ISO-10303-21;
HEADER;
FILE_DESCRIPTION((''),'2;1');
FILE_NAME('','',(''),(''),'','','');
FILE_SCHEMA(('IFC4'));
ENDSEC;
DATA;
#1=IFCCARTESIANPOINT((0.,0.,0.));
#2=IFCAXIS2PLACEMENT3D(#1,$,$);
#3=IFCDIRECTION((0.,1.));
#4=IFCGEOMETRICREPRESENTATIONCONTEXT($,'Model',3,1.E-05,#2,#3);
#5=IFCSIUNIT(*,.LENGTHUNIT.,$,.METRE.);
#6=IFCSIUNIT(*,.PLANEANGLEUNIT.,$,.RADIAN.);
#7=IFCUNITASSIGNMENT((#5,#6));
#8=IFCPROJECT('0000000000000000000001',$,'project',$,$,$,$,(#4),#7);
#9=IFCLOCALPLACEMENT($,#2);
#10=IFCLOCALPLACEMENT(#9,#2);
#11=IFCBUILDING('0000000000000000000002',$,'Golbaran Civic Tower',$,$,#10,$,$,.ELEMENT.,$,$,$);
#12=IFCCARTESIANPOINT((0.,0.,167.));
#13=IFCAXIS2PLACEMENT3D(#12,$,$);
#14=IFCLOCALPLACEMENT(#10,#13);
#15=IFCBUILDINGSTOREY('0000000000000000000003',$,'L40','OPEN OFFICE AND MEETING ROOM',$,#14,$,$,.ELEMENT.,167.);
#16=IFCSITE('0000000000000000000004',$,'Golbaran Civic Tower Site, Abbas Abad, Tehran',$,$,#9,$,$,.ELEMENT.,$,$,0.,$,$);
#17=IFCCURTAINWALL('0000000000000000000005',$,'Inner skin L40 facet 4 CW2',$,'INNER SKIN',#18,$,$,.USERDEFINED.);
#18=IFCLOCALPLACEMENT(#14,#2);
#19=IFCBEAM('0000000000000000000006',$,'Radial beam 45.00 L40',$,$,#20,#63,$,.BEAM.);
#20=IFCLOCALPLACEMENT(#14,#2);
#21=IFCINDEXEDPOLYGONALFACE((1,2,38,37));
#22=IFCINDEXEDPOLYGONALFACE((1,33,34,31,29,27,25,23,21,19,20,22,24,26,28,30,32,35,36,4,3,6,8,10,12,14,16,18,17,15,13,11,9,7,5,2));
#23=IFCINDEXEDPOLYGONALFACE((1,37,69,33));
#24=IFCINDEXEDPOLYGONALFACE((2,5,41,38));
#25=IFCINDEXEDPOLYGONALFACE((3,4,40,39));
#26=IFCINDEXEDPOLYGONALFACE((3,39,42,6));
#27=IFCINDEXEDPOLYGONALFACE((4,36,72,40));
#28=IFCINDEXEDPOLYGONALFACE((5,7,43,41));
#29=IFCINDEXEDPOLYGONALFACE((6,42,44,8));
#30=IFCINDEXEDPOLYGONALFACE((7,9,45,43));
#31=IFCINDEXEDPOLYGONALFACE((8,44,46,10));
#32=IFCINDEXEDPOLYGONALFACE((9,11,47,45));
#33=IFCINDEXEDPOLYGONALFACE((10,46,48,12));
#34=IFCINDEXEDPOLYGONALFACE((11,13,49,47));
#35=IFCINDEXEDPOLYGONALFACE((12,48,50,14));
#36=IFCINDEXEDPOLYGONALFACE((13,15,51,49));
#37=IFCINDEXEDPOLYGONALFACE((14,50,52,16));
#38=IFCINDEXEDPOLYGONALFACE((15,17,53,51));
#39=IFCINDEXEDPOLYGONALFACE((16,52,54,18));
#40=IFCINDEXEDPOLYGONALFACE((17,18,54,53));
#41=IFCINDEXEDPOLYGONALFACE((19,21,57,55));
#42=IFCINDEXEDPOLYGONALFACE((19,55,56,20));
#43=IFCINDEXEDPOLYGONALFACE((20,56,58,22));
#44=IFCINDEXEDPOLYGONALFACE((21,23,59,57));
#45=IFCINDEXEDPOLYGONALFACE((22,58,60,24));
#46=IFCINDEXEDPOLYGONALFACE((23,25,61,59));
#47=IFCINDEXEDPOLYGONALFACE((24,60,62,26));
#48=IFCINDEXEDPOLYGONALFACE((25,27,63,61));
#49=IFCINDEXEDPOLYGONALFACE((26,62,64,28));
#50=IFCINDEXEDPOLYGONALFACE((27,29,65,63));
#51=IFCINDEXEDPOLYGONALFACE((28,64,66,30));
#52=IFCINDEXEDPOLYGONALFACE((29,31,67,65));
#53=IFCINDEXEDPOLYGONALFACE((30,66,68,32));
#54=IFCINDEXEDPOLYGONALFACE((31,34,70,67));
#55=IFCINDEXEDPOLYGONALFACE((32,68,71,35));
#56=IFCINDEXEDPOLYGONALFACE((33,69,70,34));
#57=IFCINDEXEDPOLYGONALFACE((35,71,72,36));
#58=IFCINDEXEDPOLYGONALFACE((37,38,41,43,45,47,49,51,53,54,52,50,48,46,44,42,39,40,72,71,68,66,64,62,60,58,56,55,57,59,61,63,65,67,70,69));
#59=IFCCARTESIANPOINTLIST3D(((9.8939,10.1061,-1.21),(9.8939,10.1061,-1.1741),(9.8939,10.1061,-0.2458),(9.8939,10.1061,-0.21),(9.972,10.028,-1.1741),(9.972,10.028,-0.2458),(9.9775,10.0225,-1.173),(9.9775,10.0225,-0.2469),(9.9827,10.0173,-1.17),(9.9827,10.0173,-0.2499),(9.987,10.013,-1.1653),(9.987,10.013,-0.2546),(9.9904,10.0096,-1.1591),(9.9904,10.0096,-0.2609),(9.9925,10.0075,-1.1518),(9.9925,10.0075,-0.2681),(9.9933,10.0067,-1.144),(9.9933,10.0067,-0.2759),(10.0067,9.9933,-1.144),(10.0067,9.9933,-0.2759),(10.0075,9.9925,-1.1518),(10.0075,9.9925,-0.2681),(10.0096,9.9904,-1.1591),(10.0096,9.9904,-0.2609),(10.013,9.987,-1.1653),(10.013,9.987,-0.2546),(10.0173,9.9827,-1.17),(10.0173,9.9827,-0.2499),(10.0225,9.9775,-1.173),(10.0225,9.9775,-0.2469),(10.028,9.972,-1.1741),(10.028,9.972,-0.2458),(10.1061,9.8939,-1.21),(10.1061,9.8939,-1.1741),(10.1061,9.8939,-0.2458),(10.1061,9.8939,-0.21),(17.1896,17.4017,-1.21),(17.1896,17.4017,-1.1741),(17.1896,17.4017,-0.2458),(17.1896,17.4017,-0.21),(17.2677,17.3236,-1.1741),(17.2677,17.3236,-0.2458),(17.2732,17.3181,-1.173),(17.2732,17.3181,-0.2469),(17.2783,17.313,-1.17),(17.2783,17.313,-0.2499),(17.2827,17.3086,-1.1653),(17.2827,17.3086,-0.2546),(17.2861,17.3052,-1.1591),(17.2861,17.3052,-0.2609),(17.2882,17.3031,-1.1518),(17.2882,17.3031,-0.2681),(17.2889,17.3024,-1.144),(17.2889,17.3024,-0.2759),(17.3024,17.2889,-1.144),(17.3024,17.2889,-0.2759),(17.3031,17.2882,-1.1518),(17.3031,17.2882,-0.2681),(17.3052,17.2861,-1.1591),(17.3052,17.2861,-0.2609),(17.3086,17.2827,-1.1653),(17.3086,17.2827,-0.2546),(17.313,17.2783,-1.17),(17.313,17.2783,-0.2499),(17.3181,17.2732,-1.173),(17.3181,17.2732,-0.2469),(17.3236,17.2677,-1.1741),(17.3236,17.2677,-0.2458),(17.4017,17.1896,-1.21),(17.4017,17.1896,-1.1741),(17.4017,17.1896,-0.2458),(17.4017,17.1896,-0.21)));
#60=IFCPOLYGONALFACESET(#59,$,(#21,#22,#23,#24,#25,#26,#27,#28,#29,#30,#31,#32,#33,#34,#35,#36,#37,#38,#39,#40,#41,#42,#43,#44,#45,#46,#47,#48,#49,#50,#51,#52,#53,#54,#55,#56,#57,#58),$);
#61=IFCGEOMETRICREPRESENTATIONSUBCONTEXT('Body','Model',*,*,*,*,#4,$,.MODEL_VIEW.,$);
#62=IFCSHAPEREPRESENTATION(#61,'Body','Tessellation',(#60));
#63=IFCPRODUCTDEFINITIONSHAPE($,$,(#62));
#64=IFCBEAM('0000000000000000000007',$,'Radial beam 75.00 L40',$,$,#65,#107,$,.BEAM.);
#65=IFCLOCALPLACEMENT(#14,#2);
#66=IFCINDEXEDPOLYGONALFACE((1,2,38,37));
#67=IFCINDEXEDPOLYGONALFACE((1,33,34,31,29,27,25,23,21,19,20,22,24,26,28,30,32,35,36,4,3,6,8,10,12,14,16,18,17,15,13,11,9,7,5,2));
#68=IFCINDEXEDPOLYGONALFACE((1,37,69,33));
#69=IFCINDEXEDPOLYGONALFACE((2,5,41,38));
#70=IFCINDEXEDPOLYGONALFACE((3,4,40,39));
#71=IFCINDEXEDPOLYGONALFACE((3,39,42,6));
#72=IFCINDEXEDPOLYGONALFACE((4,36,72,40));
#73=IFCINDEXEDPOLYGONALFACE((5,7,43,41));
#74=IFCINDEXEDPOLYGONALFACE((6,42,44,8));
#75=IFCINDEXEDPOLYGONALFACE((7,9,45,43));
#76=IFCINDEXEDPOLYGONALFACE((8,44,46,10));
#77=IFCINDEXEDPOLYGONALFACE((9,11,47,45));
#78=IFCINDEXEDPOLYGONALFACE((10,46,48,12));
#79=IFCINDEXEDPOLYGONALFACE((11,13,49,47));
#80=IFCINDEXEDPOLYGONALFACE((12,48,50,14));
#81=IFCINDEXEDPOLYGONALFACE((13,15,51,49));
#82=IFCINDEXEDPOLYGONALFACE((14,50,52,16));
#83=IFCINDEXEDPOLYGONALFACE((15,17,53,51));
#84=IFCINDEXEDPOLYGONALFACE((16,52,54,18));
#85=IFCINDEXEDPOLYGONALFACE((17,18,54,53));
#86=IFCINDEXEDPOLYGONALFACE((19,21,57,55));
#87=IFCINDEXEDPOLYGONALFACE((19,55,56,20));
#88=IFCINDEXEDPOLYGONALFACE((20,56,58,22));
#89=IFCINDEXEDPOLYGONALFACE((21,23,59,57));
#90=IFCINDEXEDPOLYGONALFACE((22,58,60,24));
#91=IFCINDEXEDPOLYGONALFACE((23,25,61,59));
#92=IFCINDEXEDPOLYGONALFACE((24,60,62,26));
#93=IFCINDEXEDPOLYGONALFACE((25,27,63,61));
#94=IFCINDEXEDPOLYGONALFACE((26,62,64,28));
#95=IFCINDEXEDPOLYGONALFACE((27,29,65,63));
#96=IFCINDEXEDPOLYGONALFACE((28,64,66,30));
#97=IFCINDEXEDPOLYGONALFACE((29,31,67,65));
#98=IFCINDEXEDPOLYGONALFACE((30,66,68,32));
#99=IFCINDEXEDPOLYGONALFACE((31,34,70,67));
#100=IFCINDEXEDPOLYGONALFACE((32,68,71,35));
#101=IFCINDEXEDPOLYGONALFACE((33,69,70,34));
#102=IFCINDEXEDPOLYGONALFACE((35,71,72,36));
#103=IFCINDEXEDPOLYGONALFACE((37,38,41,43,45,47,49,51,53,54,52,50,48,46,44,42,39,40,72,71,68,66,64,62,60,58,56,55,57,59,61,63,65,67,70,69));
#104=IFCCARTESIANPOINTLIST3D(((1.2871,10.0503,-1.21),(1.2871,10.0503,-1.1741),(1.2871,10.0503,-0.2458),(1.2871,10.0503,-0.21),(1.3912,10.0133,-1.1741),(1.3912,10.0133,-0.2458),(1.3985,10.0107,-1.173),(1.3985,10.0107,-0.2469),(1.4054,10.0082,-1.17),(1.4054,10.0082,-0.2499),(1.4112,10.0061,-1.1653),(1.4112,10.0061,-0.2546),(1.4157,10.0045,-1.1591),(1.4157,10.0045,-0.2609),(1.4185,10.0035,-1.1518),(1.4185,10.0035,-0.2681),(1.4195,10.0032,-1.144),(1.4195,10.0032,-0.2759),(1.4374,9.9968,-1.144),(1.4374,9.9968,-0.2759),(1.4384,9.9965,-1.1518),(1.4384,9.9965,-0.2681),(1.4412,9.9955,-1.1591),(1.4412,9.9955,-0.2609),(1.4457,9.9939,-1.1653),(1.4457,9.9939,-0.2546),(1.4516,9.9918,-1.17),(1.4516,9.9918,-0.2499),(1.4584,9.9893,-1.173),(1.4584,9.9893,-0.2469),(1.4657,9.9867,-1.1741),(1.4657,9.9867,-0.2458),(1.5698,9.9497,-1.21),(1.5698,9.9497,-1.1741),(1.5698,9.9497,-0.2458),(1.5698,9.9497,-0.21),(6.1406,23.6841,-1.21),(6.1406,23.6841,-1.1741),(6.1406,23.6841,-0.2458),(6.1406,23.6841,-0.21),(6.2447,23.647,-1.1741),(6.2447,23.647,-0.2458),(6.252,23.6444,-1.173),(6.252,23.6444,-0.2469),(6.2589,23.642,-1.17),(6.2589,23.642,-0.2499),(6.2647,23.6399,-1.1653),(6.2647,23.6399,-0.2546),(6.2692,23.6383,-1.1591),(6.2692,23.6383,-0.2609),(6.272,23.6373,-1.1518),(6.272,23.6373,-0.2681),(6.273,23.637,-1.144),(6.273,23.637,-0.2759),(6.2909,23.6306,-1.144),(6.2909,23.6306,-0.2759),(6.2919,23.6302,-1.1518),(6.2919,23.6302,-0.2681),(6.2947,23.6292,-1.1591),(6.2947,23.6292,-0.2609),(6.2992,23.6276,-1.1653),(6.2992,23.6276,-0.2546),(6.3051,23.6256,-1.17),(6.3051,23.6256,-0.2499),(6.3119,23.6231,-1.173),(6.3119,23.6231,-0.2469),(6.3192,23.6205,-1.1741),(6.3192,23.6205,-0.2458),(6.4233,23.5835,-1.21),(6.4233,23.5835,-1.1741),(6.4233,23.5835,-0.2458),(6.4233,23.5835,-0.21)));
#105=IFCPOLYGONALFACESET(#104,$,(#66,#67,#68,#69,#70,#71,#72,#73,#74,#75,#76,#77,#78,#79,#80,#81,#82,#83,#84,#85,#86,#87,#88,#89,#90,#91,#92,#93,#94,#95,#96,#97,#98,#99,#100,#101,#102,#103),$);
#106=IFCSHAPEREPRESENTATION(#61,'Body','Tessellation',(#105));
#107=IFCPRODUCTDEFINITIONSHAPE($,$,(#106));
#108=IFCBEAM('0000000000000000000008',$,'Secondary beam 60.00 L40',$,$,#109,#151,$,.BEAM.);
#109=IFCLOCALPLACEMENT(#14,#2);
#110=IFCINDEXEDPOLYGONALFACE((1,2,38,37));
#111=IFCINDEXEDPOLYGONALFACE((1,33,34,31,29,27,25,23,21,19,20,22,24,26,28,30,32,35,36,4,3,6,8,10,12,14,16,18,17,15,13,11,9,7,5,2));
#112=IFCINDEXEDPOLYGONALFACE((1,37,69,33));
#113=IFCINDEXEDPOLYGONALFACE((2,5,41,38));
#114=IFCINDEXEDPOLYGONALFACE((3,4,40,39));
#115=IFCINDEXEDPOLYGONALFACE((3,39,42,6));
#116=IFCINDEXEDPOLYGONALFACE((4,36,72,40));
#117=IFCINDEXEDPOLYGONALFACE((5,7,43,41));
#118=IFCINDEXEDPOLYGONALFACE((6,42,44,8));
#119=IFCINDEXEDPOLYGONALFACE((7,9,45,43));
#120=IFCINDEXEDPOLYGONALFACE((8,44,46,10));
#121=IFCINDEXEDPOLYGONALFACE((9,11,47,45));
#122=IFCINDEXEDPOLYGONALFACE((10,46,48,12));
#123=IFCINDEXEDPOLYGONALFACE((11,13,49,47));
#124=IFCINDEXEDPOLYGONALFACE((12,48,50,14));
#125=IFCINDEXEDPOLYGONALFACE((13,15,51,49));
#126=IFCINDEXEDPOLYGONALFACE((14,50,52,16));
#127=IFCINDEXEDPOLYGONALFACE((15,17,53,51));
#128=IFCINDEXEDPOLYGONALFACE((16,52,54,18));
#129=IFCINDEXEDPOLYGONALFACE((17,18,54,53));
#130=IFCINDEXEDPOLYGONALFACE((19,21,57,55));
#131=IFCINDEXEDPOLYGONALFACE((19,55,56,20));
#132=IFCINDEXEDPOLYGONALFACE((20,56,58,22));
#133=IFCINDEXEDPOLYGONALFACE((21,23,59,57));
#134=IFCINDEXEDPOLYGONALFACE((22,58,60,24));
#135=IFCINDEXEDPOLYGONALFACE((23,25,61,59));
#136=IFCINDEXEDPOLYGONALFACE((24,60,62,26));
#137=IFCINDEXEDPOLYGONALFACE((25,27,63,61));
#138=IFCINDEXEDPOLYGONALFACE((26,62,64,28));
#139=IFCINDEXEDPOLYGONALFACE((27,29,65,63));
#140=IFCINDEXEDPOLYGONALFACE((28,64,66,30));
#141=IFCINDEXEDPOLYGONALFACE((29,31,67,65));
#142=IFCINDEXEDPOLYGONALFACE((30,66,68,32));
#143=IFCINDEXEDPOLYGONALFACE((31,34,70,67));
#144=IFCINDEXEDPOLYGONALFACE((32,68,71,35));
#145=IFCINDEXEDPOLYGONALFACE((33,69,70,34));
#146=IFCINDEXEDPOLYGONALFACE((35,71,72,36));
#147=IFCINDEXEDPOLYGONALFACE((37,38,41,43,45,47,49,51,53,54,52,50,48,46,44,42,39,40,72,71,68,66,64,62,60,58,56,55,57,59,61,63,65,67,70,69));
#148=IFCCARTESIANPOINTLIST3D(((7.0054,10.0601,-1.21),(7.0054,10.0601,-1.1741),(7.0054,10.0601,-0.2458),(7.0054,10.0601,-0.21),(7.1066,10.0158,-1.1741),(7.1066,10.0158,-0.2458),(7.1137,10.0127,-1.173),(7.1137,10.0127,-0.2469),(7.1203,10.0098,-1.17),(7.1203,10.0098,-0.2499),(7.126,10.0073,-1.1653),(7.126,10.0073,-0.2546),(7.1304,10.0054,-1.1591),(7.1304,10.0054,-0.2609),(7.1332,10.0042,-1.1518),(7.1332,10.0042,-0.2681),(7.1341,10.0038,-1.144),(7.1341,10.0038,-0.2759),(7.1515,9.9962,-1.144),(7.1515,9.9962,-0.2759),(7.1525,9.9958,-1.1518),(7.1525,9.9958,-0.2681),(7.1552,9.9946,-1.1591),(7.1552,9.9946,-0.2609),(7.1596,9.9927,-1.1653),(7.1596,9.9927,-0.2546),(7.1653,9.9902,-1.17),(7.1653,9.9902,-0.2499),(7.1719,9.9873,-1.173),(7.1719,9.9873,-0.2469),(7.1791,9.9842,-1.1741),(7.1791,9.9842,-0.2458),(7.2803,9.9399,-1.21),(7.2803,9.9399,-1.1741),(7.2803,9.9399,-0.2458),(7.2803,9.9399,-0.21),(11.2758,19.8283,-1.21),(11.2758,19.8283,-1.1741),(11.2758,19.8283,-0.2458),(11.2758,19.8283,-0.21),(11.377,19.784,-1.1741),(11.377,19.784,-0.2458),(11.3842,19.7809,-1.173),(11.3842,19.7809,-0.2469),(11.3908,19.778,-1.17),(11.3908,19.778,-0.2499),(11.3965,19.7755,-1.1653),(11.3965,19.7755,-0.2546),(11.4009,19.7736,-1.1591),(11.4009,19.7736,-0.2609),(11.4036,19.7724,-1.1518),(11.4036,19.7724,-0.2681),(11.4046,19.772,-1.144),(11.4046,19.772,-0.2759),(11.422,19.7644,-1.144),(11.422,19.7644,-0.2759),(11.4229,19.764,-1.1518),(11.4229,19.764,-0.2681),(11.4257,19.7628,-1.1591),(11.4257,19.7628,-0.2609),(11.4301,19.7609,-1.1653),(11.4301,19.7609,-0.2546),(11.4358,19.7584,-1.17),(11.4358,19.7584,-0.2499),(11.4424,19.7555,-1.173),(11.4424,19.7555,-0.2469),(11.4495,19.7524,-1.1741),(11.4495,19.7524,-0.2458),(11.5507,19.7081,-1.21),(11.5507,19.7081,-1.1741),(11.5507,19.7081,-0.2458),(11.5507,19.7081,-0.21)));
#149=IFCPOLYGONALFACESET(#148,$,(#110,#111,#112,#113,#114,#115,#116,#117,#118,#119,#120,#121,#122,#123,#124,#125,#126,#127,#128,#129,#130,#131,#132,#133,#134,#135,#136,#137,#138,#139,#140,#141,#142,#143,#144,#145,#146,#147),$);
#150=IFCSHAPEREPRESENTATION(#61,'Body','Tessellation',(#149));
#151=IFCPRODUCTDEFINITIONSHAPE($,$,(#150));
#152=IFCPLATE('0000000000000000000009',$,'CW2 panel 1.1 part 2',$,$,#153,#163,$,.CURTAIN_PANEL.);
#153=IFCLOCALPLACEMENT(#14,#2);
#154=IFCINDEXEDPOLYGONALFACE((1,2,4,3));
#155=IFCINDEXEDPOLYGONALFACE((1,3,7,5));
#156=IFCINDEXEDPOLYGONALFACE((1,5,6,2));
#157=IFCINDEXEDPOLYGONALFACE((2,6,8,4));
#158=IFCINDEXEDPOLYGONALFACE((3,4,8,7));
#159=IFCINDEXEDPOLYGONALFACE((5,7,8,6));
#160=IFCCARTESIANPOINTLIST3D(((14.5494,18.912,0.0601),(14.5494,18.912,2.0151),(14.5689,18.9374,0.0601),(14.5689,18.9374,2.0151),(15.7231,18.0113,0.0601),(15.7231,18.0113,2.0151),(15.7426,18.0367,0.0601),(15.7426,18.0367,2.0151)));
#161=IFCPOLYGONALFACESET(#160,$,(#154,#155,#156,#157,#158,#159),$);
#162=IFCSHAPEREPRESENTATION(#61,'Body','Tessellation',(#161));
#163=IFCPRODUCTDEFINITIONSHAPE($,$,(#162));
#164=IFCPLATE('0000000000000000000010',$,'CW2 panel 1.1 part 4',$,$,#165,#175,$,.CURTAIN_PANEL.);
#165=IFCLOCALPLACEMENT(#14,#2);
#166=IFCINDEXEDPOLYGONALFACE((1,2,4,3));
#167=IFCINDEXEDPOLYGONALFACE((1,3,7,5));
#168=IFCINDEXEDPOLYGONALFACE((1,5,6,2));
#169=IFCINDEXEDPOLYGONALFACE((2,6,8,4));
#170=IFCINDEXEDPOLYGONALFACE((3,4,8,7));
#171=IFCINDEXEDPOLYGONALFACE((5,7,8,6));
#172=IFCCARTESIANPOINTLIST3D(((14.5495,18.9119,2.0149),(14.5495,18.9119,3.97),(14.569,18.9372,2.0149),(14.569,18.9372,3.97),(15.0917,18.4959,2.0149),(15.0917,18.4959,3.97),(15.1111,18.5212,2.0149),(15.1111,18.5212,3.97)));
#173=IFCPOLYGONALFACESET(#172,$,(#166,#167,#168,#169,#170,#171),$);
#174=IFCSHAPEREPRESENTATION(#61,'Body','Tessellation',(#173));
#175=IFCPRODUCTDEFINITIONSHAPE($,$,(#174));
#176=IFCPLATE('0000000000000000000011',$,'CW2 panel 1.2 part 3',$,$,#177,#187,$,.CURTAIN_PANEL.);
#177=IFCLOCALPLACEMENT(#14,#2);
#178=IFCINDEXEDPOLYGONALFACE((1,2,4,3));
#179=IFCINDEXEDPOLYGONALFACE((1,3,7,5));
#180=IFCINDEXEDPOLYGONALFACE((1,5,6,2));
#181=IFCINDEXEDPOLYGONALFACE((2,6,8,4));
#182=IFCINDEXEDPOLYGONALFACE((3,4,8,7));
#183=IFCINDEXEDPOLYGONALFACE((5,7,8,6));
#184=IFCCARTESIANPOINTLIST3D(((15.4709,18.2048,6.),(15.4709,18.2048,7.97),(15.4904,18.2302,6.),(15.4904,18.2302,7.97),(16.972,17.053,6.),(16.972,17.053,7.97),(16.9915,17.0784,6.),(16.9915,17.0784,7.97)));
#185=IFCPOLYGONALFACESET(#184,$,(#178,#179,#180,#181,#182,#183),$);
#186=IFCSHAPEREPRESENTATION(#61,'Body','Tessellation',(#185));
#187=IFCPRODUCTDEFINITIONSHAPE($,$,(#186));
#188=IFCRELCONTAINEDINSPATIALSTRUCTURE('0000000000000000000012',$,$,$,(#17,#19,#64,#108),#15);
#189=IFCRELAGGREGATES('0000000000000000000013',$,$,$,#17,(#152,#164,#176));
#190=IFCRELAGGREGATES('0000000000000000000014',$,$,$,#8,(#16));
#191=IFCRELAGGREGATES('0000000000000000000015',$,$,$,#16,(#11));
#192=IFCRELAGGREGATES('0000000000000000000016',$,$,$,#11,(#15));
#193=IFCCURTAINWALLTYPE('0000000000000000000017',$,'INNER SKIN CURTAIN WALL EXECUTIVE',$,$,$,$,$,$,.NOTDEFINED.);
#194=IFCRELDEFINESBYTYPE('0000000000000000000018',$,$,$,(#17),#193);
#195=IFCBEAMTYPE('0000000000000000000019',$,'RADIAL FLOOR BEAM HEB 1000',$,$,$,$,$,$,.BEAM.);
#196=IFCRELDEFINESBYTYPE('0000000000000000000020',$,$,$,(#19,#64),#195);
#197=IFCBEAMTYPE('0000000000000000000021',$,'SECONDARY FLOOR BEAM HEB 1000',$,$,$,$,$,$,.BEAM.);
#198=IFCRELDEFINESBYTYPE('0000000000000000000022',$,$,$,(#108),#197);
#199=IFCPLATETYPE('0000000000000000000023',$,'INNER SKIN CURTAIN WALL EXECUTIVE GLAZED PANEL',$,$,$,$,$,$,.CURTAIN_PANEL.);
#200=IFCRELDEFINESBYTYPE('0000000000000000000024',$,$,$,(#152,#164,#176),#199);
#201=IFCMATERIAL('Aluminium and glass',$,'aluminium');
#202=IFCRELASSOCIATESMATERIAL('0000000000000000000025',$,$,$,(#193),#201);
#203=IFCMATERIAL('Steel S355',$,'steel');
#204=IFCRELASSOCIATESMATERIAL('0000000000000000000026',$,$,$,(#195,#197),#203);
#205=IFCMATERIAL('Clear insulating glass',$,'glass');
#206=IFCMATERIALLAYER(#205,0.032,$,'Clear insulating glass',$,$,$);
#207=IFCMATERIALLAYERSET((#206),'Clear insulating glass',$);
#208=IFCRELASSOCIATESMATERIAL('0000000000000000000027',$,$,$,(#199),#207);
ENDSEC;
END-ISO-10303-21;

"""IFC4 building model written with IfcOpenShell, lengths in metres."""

from ifc_helpers import new_model, si_unit, direction, frame, origin, origin_2d, place, context, subcontext, project, spatial, rectangle, i_section, extrude, material, layer, layer_set, material_profile, profile_set, type_object, element, aggregate, save


model = new_model("IFC4")

# Units and contexts
model_context = context("Model", 3, precision=1e-05, world=origin(), true_north=direction((0.0, 1.0)))
body_context = subcontext(model_context, "Body", "Model", "MODEL_VIEW")
ifc_project = project(units=[si_unit("LENGTHUNIT", "METRE"), si_unit("PLANEANGLEUNIT", "RADIAN")], contexts=[model_context])

# Site, building, storey
site_placement = place(None, origin())
site = spatial("IfcSite", under=ifc_project, at=site_placement, Name="Golbaran Civic Tower Site, Abbas Abad, Tehran", CompositionType="ELEMENT", RefElevation=0.0)
building_placement = place(site_placement, origin())
building = spatial("IfcBuilding", under=site, at=building_placement, Name="Golbaran Civic Tower", CompositionType="ELEMENT")
storey_placement = place(building_placement, frame((0.0, 0.0, 167.0)))
storey = spatial("IfcBuildingStorey", under=building, at=storey_placement, Name="L40", Description="OPEN OFFICE AND MEETING ROOM", CompositionType="ELEMENT", Elevation=167.0)

# Shared definitions
ifc_material_1 = material(Name="Steel S355", Category="steel")

# Curtain wall
ifc_material_2 = material(Name="Aluminium and glass", Category="aluminium")
curtain_wall_type = type_object("IfcCurtainWallType", Name="INNER SKIN CURTAIN WALL EXECUTIVE", PredefinedType="NOTDEFINED", material=ifc_material_2)
curtain_wall_placement = place(storey_placement, origin())
curtain_wall = element("IfcCurtainWall", 1, at=curtain_wall_placement, inside=storey, type_object=curtain_wall_type, Name="Inner skin L40 facet 4 CW2", ObjectType="INNER SKIN", PredefinedType="USERDEFINED")

# Beams
ifc_material_profile_1 = material_profile(ifc_material_1, i_section(OverallWidth=0.3, OverallDepth=1.0, WebThickness=0.019, FlangeThickness=0.0359, FilletRadius=0.03, at=origin_2d()), Name="HEB 1000")
ifc_profile_set_1 = profile_set([ifc_material_profile_1], Name="Steel S355")
beam_type_1 = type_object("IfcBeamType", Name="RADIAL FLOOR BEAM HEB 1000", PredefinedType="BEAM", material=ifc_profile_set_1)
beam_1_placement = place(storey_placement, frame((10.0, 10.0, -0.71), z_axis=(0.707107, 0.707107, 0.0), x_axis=(-0.707107, 0.707107, 0.0)))
element("IfcBeam", 2, at=beam_1_placement, inside=storey, type_object=beam_type_1, Name="Radial beam 45.00 L40", PredefinedType="BEAM", context=body_context, shape_type="SweptSolid", body=[
    extrude(i_section(OverallWidth=0.3, OverallDepth=1.0, WebThickness=0.019, FlangeThickness=0.0359, FilletRadius=0.03, at=origin_2d()), origin(), (0.0, 0.0, 1.0), 10.3176),
])
beam_2_placement = place(storey_placement, frame((1.4285, 10.0, -0.71), z_axis=(0.335374, 0.942085, 0.0), x_axis=(-0.942085, 0.335374, 0.0)))
element("IfcBeam", 3, at=beam_2_placement, inside=storey, type_object=beam_type_1, Name="Radial beam 75.00 L40", PredefinedType="BEAM", context=body_context, shape_type="SweptSolid", body=[
    extrude(i_section(OverallWidth=0.3, OverallDepth=1.0, WebThickness=0.019, FlangeThickness=0.0359, FilletRadius=0.03, at=origin_2d()), origin(), (0.0, 0.0, 1.0), 14.4719),
])
ifc_material_profile_2 = material_profile(ifc_material_1, i_section(OverallWidth=0.3, OverallDepth=1.0, WebThickness=0.019, FlangeThickness=0.0359, FilletRadius=0.03, at=origin_2d()), Name="HEB 1000")
ifc_profile_set_2 = profile_set([ifc_material_profile_2], Name="Steel S355")
beam_type_2 = type_object("IfcBeamType", Name="SECONDARY FLOOR BEAM HEB 1000", PredefinedType="BEAM", material=ifc_profile_set_2)
beam_3_placement = place(storey_placement, frame((7.1428, 10.0, -0.71), z_axis=(0.400573, 0.916265, 0.0), x_axis=(-0.916265, 0.400573, 0.0)))
element("IfcBeam", 4, at=beam_3_placement, inside=storey, type_object=beam_type_2, Name="Secondary beam 60.00 L40", PredefinedType="BEAM", context=body_context, shape_type="SweptSolid", body=[
    extrude(i_section(OverallWidth=0.3, OverallDepth=1.0, WebThickness=0.019, FlangeThickness=0.0359, FilletRadius=0.03, at=origin_2d()), origin(), (0.0, 0.0, 1.0), 10.6609),
])

# Plates
ifc_material_3 = material(Name="Clear insulating glass", Category="glass")
ifc_layer_1 = layer(ifc_material_3, 0.032, Name="Clear insulating glass")
ifc_layer_set_1 = layer_set([ifc_layer_1], Name="Clear insulating glass")
plate_type_1 = type_object("IfcPlateType", Name="INNER SKIN CURTAIN WALL EXECUTIVE GLAZED PANEL", PredefinedType="CURTAIN_PANEL", material=ifc_layer_set_1)
plate_1_placement = place(storey_placement, frame((15.146, 18.4744, 0.0601), z_axis=(0.0, 0.0, 1.0), x_axis=(-0.793353, 0.608761, 0.0)))
plate_1 = element("IfcPlate", 5, at=plate_1_placement, type_object=plate_type_1, Name="CW2 panel 1.1 part 2", PredefinedType="CURTAIN_PANEL", context=body_context, shape_type="SweptSolid", body=[
    extrude(rectangle(XDim=1.4795, YDim=0.032, at=origin_2d()), origin(), (0.0, 0.0, 1.0), 1.9551),
])
plate_2_placement = place(storey_placement, frame((14.8303, 18.7166, 2.0149), z_axis=(0.0, 0.0, 1.0), x_axis=(-0.793353, 0.608761, 0.0)))
plate_2 = element("IfcPlate", 6, at=plate_2_placement, type_object=plate_type_1, Name="CW2 panel 1.1 part 4", PredefinedType="CURTAIN_PANEL", context=body_context, shape_type="SweptSolid", body=[
    extrude(rectangle(XDim=0.6833, YDim=0.032, at=origin_2d()), origin(), (0.0, 0.0, 1.0), 1.9551),
])
plate_3_placement = place(storey_placement, frame((16.2312, 17.6416, 6.0), z_axis=(0.0, 0.0, 1.0), x_axis=(-0.793353, 0.608761, 0.0)))
plate_3 = element("IfcPlate", 7, at=plate_3_placement, type_object=plate_type_1, Name="CW2 panel 1.2 part 3", PredefinedType="CURTAIN_PANEL", context=body_context, shape_type="SweptSolid", body=[
    extrude(rectangle(XDim=1.8921, YDim=0.032, at=origin_2d()), origin(), (0.0, 0.0, 1.0), 1.97),
])
aggregate(curtain_wall, [plate_1, plate_2, plate_3])

save(model, "model.ifc")
